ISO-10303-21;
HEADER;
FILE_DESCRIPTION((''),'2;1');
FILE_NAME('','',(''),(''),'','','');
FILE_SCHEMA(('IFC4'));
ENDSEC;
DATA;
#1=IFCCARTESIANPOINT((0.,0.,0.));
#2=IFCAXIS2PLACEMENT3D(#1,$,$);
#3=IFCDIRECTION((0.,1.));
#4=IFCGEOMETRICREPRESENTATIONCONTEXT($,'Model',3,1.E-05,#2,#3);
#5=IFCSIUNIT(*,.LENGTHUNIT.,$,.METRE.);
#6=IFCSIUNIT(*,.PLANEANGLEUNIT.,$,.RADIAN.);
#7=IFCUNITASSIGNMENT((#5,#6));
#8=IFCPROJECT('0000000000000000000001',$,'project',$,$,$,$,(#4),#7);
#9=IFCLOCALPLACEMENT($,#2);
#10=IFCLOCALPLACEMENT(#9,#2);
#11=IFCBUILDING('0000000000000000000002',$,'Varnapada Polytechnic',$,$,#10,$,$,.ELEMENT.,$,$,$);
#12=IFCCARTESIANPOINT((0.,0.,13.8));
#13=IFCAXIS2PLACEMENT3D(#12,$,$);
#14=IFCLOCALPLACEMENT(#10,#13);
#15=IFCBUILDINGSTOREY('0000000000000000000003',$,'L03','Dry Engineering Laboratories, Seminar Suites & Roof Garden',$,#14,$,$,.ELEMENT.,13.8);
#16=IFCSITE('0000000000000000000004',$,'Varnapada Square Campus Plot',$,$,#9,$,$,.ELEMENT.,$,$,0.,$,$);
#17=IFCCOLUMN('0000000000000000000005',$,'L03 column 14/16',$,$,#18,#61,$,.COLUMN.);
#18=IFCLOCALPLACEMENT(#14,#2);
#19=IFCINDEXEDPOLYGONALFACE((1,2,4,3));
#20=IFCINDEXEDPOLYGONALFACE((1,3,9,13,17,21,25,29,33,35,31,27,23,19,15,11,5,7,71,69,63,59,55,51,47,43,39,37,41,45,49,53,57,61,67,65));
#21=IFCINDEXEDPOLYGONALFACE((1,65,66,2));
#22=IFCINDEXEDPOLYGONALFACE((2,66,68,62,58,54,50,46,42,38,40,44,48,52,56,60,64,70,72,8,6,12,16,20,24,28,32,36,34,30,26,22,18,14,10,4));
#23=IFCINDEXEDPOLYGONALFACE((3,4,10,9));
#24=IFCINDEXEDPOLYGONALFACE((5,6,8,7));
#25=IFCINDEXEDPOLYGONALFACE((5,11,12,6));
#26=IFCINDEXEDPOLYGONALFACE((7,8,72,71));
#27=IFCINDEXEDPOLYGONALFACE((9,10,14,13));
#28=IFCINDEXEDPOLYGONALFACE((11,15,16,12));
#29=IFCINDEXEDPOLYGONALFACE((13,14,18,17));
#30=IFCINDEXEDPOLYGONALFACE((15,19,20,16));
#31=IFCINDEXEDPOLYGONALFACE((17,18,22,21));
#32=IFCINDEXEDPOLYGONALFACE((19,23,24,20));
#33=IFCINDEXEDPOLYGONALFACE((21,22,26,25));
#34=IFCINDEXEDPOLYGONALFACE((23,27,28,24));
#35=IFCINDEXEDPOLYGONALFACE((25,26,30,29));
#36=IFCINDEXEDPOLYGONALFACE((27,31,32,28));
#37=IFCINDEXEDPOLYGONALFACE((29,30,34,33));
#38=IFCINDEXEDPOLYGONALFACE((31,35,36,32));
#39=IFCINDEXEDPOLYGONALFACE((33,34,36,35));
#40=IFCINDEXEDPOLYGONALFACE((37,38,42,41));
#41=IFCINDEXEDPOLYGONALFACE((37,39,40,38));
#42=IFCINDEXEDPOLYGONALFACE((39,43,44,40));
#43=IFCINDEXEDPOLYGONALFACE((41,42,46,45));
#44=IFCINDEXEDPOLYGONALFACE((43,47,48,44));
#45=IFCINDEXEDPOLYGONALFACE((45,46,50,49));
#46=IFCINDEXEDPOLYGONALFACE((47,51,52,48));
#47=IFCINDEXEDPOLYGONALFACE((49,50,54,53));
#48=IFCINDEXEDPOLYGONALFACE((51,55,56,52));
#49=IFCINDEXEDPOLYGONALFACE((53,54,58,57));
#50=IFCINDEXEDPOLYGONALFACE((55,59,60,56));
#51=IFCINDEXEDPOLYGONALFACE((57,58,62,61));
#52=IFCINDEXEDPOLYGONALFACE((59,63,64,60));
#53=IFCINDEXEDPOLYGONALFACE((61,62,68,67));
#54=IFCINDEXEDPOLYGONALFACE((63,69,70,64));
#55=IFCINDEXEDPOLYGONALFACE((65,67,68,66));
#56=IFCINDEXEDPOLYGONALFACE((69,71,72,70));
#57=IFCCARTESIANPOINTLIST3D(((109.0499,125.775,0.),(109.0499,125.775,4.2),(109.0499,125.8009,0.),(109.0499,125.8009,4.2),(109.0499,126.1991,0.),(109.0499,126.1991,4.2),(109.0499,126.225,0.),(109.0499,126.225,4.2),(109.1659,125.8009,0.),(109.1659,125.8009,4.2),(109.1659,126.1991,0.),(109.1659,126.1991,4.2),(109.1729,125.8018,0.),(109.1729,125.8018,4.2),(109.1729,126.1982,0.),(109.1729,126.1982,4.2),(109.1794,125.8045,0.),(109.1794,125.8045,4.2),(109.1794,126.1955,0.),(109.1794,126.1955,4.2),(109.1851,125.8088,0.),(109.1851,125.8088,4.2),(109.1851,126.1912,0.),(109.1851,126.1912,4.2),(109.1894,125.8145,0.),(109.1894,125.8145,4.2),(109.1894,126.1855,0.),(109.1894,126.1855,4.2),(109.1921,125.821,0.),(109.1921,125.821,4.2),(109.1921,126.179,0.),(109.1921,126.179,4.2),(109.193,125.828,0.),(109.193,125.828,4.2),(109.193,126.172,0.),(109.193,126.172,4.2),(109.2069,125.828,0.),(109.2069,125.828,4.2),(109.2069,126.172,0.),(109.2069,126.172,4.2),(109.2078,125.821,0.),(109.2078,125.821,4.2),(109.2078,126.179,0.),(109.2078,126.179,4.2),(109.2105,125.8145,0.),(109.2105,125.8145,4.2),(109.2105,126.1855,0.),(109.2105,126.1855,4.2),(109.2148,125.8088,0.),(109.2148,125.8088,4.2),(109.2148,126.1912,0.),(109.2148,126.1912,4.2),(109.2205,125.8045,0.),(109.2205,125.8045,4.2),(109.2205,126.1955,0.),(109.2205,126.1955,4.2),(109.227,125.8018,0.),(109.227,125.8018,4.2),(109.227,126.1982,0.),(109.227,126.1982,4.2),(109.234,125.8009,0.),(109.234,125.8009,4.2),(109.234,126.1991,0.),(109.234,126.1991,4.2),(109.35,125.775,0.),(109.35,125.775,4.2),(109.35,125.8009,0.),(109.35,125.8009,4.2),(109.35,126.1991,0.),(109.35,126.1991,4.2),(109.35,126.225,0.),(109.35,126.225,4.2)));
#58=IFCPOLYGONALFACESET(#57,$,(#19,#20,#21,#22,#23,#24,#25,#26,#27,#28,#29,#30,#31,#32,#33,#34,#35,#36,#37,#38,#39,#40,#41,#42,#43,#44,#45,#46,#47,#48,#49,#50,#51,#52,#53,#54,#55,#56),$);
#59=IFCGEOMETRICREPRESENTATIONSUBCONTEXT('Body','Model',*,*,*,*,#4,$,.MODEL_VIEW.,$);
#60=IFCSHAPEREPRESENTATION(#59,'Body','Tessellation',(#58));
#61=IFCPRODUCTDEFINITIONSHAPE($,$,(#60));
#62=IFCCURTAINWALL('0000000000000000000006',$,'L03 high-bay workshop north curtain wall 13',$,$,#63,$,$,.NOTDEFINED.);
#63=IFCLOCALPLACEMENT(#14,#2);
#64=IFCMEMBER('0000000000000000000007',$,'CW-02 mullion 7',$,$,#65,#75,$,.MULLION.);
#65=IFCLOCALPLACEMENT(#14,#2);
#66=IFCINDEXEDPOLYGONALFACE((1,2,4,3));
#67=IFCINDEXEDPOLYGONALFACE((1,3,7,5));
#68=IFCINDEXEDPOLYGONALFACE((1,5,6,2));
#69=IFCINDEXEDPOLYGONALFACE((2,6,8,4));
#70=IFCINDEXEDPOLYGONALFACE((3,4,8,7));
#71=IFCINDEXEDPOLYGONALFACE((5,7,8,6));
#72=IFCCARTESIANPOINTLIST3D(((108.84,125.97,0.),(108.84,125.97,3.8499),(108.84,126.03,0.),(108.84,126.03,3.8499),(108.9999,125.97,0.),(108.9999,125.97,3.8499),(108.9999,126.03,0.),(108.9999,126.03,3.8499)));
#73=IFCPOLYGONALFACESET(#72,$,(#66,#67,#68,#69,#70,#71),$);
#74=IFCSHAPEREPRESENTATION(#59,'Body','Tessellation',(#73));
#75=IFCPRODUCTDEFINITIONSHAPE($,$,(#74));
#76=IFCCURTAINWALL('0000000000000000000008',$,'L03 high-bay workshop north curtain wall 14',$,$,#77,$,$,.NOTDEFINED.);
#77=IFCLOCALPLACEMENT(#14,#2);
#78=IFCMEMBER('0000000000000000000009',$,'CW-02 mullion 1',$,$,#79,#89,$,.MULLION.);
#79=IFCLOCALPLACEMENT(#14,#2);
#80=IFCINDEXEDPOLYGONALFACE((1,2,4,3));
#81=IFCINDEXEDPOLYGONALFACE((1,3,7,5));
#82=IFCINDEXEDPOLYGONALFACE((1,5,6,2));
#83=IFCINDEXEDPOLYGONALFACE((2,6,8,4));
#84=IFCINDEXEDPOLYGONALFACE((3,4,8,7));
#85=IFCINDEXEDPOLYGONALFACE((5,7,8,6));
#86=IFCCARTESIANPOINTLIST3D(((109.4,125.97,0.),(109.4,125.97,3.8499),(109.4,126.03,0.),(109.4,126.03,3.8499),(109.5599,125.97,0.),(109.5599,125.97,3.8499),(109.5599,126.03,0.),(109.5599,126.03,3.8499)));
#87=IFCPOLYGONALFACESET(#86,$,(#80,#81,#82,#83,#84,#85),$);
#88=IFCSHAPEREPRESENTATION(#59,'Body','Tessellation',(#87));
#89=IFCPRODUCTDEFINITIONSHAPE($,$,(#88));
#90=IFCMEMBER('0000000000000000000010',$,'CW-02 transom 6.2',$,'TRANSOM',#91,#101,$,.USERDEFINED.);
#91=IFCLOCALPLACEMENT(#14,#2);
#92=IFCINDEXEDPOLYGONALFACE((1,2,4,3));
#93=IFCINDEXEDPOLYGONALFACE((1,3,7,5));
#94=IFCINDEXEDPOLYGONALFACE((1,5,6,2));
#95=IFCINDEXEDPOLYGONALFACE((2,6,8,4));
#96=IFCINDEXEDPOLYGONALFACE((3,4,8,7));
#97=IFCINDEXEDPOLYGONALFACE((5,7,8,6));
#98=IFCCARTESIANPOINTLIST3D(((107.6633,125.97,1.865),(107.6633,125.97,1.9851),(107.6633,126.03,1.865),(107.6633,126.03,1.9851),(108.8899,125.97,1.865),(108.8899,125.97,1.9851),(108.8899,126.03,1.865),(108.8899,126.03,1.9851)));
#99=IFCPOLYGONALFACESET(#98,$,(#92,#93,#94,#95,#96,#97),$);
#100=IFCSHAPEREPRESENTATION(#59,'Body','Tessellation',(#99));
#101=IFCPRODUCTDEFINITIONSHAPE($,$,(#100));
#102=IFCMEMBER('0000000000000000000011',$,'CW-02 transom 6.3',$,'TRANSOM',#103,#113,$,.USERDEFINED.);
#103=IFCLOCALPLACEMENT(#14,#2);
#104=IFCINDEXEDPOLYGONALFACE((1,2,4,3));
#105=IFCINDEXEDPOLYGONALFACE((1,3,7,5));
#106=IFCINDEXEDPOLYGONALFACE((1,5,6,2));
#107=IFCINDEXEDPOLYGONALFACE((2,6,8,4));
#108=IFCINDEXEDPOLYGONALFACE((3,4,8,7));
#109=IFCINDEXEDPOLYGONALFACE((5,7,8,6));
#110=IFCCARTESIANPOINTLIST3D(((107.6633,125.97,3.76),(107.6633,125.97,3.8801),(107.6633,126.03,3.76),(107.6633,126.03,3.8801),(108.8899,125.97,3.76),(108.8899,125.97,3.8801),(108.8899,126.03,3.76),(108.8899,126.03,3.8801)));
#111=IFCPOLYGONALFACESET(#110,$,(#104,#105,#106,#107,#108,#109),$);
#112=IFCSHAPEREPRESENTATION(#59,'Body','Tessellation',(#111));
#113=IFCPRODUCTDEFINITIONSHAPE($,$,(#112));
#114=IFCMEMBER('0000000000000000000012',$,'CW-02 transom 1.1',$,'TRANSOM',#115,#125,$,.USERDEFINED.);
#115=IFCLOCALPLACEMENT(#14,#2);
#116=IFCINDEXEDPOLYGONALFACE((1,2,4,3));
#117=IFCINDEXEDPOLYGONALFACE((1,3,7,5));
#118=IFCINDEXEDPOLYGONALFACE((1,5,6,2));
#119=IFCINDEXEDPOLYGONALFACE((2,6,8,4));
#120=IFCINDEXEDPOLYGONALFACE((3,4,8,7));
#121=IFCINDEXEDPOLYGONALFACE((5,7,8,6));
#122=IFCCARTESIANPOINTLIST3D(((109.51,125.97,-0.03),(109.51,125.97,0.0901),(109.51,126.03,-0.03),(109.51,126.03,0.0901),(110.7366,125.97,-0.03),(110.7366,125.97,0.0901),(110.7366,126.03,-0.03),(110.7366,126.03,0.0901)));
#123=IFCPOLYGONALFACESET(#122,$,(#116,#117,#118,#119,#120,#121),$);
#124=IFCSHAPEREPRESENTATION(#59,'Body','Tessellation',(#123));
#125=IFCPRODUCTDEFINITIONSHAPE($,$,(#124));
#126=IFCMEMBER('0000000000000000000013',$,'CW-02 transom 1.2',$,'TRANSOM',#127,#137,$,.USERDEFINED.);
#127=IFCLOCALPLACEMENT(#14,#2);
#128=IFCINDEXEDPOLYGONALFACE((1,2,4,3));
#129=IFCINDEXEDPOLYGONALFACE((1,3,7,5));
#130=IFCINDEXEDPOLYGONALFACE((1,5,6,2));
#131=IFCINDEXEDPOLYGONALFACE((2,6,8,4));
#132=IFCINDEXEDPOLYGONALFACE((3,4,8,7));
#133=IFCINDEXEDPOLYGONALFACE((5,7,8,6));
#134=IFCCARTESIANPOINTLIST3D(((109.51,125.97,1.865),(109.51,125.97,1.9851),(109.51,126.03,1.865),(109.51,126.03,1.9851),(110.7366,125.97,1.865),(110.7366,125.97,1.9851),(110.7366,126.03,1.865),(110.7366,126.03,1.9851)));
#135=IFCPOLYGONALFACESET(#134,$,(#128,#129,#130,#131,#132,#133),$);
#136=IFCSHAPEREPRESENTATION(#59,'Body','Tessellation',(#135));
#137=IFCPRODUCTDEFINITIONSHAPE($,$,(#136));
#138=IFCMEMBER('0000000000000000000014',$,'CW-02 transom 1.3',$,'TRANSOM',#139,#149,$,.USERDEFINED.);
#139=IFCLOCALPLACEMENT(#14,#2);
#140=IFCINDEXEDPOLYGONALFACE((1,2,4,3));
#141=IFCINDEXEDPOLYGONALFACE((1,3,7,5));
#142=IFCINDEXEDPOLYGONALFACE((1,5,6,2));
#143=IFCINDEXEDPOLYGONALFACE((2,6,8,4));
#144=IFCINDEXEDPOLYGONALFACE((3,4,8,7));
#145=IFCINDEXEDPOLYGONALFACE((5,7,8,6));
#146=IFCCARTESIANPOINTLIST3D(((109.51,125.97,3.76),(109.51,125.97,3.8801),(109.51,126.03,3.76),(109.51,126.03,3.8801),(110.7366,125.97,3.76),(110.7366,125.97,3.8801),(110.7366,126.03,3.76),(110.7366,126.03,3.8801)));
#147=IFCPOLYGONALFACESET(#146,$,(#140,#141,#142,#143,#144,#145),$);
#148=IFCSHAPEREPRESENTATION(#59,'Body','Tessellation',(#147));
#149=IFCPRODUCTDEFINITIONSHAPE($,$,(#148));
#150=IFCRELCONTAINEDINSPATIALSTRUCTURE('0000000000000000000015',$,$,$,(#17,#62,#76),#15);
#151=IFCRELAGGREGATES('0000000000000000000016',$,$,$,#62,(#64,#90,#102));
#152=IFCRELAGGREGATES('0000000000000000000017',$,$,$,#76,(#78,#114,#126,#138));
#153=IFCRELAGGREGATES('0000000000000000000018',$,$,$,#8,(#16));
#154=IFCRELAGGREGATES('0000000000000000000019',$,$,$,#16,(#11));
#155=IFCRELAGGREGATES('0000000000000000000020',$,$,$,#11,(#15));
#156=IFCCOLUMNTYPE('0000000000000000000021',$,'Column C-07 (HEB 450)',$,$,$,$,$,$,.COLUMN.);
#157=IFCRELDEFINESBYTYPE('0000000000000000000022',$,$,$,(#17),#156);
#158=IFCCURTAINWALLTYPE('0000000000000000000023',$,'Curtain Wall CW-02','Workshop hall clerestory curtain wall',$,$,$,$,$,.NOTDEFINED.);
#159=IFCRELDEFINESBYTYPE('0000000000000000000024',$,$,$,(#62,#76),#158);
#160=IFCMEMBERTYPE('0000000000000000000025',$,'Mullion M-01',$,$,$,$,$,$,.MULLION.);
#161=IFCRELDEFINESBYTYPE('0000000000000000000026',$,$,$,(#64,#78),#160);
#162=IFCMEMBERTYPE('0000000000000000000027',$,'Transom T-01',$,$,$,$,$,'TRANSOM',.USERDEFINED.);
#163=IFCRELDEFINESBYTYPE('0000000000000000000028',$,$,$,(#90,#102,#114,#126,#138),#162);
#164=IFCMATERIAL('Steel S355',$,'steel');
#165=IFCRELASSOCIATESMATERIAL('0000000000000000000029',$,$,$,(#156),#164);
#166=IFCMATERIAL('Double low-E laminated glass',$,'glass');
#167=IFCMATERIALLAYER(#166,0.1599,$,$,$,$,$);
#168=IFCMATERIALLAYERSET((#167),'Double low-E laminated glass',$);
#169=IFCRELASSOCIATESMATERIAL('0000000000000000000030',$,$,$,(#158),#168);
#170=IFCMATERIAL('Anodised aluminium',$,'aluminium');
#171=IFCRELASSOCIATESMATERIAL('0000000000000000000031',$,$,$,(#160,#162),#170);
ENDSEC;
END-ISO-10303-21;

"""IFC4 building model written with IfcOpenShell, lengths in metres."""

from ifc_helpers import new_model, si_unit, direction, frame, origin, origin_2d, place, context, subcontext, project, spatial, rectangle, i_section, extrude, material, layer, layer_set, material_profile, profile_set, type_object, element, aggregate, save


model = new_model("IFC4")

# Units and contexts
model_context = context("Model", 3, precision=1e-05, world=origin(), true_north=direction((0.0, 1.0)))
body_context = subcontext(model_context, "Body", "Model", "MODEL_VIEW")
ifc_project = project(units=[si_unit("LENGTHUNIT", "METRE"), si_unit("PLANEANGLEUNIT", "RADIAN")], contexts=[model_context])

# Site, building, storey
site_placement = place(None, origin())
site = spatial("IfcSite", under=ifc_project, at=site_placement, Name="Varnapada Square Campus Plot", CompositionType="ELEMENT", RefElevation=0.0)
building_placement = place(site_placement, origin())
building = spatial("IfcBuilding", under=site, at=building_placement, Name="Varnapada Polytechnic", CompositionType="ELEMENT")
storey_placement = place(building_placement, frame((0.0, 0.0, 13.8)))
storey = spatial("IfcBuildingStorey", under=building, at=storey_placement, Name="L03", Description="Dry Engineering Laboratories, Seminar Suites & Roof Garden", CompositionType="ELEMENT", Elevation=13.8)

# Column
ifc_material_1 = material(Name="Steel S355", Category="steel")
ifc_material_profile_1 = material_profile(ifc_material_1, i_section(OverallWidth=0.3, OverallDepth=0.45, WebThickness=0.0139, FlangeThickness=0.0259, FilletRadius=0.0271, at=origin_2d()), Name="HEB 450")
ifc_profile_set_1 = profile_set([ifc_material_profile_1], Name="Steel S355")
column_type = type_object("IfcColumnType", Name="Column C-07 (HEB 450)", PredefinedType="COLUMN", material=ifc_profile_set_1)
column_placement = place(storey_placement, frame((109.2, 126.0, 0.0), z_axis=(0.0, 0.0, 1.0), x_axis=(1.0, 0.0, 0.0)))
element("IfcColumn", 1, at=column_placement, inside=storey, type_object=column_type, Name="L03 column 14/16", PredefinedType="COLUMN", context=body_context, shape_type="SweptSolid", body=[
    extrude(i_section(OverallWidth=0.3, OverallDepth=0.45, WebThickness=0.0139, FlangeThickness=0.0259, FilletRadius=0.0271, at=origin_2d()), origin(), (0.0, 0.0, 1.0), 4.2),
])

# Curtain walls, members
ifc_material_2 = material(Name="Double low-E laminated glass", Category="glass")
ifc_layer_1 = layer(ifc_material_2, 0.1599)
ifc_layer_set_1 = layer_set([ifc_layer_1], Name="Double low-E laminated glass")
curtain_wall_type = type_object("IfcCurtainWallType", Name="Curtain Wall CW-02", Description="Workshop hall clerestory curtain wall", PredefinedType="NOTDEFINED", material=ifc_layer_set_1)
curtain_wall_1_placement = place(storey_placement, origin())
curtain_wall_1 = element("IfcCurtainWall", 2, at=curtain_wall_1_placement, inside=storey, type_object=curtain_wall_type, Name="L03 high-bay workshop north curtain wall 13", PredefinedType="NOTDEFINED")
ifc_material_3 = material(Name="Anodised aluminium", Category="aluminium")
ifc_material_profile_2 = material_profile(ifc_material_3, rectangle(XDim=0.0601, YDim=0.1599, at=origin_2d()), Name="ALU M60x160")
ifc_profile_set_2 = profile_set([ifc_material_profile_2], Name="Anodised aluminium")
member_type_1 = type_object("IfcMemberType", Name="Mullion M-01", PredefinedType="MULLION", material=ifc_profile_set_2)
member_1_placement = place(storey_placement, frame((108.9199, 126.0, 0.0), z_axis=(0.0, 0.0, 1.0), x_axis=(0.0, 1.0, 0.0)))
member_1 = element("IfcMember", 3, at=member_1_placement, type_object=member_type_1, Name="CW-02 mullion 7", PredefinedType="MULLION", context=body_context, shape_type="SweptSolid", body=[
    extrude(rectangle(XDim=0.0601, YDim=0.1599, at=origin_2d()), origin(), (0.0, 0.0, 1.0), 3.8499),
])
curtain_wall_2_placement = place(storey_placement, origin())
curtain_wall_2 = element("IfcCurtainWall", 4, at=curtain_wall_2_placement, inside=storey, type_object=curtain_wall_type, Name="L03 high-bay workshop north curtain wall 14", PredefinedType="NOTDEFINED")
member_2_placement = place(storey_placement, frame((109.48, 126.0, 0.0), z_axis=(0.0, 0.0, 1.0), x_axis=(0.0, 1.0, 0.0)))
member_2 = element("IfcMember", 5, at=member_2_placement, type_object=member_type_1, Name="CW-02 mullion 1", PredefinedType="MULLION", context=body_context, shape_type="SweptSolid", body=[
    extrude(rectangle(XDim=0.0601, YDim=0.1599, at=origin_2d()), origin(), (0.0, 0.0, 1.0), 3.8499),
])

# Members
ifc_material_profile_3 = material_profile(ifc_material_3, rectangle(XDim=0.0601, YDim=0.1201, at=origin_2d()), Name="ALU T60x120")
ifc_profile_set_3 = profile_set([ifc_material_profile_3], Name="Anodised aluminium")
member_type_2 = type_object("IfcMemberType", Name="Transom T-01", ElementType="TRANSOM", PredefinedType="USERDEFINED", material=ifc_profile_set_3)
member_3_placement = place(storey_placement, frame((107.6633, 126.0, 1.925), z_axis=(1.0, 0.0, 0.0), x_axis=(0.0, 1.0, 0.0)))
member_3 = element("IfcMember", 6, at=member_3_placement, type_object=member_type_2, Name="CW-02 transom 6.2", ObjectType="TRANSOM", PredefinedType="USERDEFINED", context=body_context, shape_type="SweptSolid", body=[
    extrude(rectangle(XDim=0.0601, YDim=0.1201, at=origin_2d()), origin(), (0.0, 0.0, 1.0), 1.2266),
])
member_4_placement = place(storey_placement, frame((107.6633, 126.0, 3.8201), z_axis=(1.0, 0.0, 0.0), x_axis=(0.0, 1.0, 0.0)))
member_4 = element("IfcMember", 7, at=member_4_placement, type_object=member_type_2, Name="CW-02 transom 6.3", ObjectType="TRANSOM", PredefinedType="USERDEFINED", context=body_context, shape_type="SweptSolid", body=[
    extrude(rectangle(XDim=0.0601, YDim=0.1201, at=origin_2d()), origin(), (0.0, 0.0, 1.0), 1.2266),
])
member_5_placement = place(storey_placement, frame((109.51, 126.0, 0.03), z_axis=(1.0, 0.0, 0.0), x_axis=(0.0, 1.0, 0.0)))
member_5 = element("IfcMember", 8, at=member_5_placement, type_object=member_type_2, Name="CW-02 transom 1.1", ObjectType="TRANSOM", PredefinedType="USERDEFINED", context=body_context, shape_type="SweptSolid", body=[
    extrude(rectangle(XDim=0.0601, YDim=0.1201, at=origin_2d()), origin(), (0.0, 0.0, 1.0), 1.2266),
])
member_6_placement = place(storey_placement, frame((109.51, 126.0, 1.925), z_axis=(1.0, 0.0, 0.0), x_axis=(0.0, 1.0, 0.0)))
member_6 = element("IfcMember", 9, at=member_6_placement, type_object=member_type_2, Name="CW-02 transom 1.2", ObjectType="TRANSOM", PredefinedType="USERDEFINED", context=body_context, shape_type="SweptSolid", body=[
    extrude(rectangle(XDim=0.0601, YDim=0.1201, at=origin_2d()), origin(), (0.0, 0.0, 1.0), 1.2266),
])
member_7_placement = place(storey_placement, frame((109.51, 126.0, 3.8201), z_axis=(1.0, 0.0, 0.0), x_axis=(0.0, 1.0, 0.0)))
member_7 = element("IfcMember", 10, at=member_7_placement, type_object=member_type_2, Name="CW-02 transom 1.3", ObjectType="TRANSOM", PredefinedType="USERDEFINED", context=body_context, shape_type="SweptSolid", body=[
    extrude(rectangle(XDim=0.0601, YDim=0.1201, at=origin_2d()), origin(), (0.0, 0.0, 1.0), 1.2266),
])

aggregate(curtain_wall_1, [member_1, member_3, member_4])
aggregate(curtain_wall_2, [member_2, member_5, member_6, member_7])

save(model, "model.ifc")
